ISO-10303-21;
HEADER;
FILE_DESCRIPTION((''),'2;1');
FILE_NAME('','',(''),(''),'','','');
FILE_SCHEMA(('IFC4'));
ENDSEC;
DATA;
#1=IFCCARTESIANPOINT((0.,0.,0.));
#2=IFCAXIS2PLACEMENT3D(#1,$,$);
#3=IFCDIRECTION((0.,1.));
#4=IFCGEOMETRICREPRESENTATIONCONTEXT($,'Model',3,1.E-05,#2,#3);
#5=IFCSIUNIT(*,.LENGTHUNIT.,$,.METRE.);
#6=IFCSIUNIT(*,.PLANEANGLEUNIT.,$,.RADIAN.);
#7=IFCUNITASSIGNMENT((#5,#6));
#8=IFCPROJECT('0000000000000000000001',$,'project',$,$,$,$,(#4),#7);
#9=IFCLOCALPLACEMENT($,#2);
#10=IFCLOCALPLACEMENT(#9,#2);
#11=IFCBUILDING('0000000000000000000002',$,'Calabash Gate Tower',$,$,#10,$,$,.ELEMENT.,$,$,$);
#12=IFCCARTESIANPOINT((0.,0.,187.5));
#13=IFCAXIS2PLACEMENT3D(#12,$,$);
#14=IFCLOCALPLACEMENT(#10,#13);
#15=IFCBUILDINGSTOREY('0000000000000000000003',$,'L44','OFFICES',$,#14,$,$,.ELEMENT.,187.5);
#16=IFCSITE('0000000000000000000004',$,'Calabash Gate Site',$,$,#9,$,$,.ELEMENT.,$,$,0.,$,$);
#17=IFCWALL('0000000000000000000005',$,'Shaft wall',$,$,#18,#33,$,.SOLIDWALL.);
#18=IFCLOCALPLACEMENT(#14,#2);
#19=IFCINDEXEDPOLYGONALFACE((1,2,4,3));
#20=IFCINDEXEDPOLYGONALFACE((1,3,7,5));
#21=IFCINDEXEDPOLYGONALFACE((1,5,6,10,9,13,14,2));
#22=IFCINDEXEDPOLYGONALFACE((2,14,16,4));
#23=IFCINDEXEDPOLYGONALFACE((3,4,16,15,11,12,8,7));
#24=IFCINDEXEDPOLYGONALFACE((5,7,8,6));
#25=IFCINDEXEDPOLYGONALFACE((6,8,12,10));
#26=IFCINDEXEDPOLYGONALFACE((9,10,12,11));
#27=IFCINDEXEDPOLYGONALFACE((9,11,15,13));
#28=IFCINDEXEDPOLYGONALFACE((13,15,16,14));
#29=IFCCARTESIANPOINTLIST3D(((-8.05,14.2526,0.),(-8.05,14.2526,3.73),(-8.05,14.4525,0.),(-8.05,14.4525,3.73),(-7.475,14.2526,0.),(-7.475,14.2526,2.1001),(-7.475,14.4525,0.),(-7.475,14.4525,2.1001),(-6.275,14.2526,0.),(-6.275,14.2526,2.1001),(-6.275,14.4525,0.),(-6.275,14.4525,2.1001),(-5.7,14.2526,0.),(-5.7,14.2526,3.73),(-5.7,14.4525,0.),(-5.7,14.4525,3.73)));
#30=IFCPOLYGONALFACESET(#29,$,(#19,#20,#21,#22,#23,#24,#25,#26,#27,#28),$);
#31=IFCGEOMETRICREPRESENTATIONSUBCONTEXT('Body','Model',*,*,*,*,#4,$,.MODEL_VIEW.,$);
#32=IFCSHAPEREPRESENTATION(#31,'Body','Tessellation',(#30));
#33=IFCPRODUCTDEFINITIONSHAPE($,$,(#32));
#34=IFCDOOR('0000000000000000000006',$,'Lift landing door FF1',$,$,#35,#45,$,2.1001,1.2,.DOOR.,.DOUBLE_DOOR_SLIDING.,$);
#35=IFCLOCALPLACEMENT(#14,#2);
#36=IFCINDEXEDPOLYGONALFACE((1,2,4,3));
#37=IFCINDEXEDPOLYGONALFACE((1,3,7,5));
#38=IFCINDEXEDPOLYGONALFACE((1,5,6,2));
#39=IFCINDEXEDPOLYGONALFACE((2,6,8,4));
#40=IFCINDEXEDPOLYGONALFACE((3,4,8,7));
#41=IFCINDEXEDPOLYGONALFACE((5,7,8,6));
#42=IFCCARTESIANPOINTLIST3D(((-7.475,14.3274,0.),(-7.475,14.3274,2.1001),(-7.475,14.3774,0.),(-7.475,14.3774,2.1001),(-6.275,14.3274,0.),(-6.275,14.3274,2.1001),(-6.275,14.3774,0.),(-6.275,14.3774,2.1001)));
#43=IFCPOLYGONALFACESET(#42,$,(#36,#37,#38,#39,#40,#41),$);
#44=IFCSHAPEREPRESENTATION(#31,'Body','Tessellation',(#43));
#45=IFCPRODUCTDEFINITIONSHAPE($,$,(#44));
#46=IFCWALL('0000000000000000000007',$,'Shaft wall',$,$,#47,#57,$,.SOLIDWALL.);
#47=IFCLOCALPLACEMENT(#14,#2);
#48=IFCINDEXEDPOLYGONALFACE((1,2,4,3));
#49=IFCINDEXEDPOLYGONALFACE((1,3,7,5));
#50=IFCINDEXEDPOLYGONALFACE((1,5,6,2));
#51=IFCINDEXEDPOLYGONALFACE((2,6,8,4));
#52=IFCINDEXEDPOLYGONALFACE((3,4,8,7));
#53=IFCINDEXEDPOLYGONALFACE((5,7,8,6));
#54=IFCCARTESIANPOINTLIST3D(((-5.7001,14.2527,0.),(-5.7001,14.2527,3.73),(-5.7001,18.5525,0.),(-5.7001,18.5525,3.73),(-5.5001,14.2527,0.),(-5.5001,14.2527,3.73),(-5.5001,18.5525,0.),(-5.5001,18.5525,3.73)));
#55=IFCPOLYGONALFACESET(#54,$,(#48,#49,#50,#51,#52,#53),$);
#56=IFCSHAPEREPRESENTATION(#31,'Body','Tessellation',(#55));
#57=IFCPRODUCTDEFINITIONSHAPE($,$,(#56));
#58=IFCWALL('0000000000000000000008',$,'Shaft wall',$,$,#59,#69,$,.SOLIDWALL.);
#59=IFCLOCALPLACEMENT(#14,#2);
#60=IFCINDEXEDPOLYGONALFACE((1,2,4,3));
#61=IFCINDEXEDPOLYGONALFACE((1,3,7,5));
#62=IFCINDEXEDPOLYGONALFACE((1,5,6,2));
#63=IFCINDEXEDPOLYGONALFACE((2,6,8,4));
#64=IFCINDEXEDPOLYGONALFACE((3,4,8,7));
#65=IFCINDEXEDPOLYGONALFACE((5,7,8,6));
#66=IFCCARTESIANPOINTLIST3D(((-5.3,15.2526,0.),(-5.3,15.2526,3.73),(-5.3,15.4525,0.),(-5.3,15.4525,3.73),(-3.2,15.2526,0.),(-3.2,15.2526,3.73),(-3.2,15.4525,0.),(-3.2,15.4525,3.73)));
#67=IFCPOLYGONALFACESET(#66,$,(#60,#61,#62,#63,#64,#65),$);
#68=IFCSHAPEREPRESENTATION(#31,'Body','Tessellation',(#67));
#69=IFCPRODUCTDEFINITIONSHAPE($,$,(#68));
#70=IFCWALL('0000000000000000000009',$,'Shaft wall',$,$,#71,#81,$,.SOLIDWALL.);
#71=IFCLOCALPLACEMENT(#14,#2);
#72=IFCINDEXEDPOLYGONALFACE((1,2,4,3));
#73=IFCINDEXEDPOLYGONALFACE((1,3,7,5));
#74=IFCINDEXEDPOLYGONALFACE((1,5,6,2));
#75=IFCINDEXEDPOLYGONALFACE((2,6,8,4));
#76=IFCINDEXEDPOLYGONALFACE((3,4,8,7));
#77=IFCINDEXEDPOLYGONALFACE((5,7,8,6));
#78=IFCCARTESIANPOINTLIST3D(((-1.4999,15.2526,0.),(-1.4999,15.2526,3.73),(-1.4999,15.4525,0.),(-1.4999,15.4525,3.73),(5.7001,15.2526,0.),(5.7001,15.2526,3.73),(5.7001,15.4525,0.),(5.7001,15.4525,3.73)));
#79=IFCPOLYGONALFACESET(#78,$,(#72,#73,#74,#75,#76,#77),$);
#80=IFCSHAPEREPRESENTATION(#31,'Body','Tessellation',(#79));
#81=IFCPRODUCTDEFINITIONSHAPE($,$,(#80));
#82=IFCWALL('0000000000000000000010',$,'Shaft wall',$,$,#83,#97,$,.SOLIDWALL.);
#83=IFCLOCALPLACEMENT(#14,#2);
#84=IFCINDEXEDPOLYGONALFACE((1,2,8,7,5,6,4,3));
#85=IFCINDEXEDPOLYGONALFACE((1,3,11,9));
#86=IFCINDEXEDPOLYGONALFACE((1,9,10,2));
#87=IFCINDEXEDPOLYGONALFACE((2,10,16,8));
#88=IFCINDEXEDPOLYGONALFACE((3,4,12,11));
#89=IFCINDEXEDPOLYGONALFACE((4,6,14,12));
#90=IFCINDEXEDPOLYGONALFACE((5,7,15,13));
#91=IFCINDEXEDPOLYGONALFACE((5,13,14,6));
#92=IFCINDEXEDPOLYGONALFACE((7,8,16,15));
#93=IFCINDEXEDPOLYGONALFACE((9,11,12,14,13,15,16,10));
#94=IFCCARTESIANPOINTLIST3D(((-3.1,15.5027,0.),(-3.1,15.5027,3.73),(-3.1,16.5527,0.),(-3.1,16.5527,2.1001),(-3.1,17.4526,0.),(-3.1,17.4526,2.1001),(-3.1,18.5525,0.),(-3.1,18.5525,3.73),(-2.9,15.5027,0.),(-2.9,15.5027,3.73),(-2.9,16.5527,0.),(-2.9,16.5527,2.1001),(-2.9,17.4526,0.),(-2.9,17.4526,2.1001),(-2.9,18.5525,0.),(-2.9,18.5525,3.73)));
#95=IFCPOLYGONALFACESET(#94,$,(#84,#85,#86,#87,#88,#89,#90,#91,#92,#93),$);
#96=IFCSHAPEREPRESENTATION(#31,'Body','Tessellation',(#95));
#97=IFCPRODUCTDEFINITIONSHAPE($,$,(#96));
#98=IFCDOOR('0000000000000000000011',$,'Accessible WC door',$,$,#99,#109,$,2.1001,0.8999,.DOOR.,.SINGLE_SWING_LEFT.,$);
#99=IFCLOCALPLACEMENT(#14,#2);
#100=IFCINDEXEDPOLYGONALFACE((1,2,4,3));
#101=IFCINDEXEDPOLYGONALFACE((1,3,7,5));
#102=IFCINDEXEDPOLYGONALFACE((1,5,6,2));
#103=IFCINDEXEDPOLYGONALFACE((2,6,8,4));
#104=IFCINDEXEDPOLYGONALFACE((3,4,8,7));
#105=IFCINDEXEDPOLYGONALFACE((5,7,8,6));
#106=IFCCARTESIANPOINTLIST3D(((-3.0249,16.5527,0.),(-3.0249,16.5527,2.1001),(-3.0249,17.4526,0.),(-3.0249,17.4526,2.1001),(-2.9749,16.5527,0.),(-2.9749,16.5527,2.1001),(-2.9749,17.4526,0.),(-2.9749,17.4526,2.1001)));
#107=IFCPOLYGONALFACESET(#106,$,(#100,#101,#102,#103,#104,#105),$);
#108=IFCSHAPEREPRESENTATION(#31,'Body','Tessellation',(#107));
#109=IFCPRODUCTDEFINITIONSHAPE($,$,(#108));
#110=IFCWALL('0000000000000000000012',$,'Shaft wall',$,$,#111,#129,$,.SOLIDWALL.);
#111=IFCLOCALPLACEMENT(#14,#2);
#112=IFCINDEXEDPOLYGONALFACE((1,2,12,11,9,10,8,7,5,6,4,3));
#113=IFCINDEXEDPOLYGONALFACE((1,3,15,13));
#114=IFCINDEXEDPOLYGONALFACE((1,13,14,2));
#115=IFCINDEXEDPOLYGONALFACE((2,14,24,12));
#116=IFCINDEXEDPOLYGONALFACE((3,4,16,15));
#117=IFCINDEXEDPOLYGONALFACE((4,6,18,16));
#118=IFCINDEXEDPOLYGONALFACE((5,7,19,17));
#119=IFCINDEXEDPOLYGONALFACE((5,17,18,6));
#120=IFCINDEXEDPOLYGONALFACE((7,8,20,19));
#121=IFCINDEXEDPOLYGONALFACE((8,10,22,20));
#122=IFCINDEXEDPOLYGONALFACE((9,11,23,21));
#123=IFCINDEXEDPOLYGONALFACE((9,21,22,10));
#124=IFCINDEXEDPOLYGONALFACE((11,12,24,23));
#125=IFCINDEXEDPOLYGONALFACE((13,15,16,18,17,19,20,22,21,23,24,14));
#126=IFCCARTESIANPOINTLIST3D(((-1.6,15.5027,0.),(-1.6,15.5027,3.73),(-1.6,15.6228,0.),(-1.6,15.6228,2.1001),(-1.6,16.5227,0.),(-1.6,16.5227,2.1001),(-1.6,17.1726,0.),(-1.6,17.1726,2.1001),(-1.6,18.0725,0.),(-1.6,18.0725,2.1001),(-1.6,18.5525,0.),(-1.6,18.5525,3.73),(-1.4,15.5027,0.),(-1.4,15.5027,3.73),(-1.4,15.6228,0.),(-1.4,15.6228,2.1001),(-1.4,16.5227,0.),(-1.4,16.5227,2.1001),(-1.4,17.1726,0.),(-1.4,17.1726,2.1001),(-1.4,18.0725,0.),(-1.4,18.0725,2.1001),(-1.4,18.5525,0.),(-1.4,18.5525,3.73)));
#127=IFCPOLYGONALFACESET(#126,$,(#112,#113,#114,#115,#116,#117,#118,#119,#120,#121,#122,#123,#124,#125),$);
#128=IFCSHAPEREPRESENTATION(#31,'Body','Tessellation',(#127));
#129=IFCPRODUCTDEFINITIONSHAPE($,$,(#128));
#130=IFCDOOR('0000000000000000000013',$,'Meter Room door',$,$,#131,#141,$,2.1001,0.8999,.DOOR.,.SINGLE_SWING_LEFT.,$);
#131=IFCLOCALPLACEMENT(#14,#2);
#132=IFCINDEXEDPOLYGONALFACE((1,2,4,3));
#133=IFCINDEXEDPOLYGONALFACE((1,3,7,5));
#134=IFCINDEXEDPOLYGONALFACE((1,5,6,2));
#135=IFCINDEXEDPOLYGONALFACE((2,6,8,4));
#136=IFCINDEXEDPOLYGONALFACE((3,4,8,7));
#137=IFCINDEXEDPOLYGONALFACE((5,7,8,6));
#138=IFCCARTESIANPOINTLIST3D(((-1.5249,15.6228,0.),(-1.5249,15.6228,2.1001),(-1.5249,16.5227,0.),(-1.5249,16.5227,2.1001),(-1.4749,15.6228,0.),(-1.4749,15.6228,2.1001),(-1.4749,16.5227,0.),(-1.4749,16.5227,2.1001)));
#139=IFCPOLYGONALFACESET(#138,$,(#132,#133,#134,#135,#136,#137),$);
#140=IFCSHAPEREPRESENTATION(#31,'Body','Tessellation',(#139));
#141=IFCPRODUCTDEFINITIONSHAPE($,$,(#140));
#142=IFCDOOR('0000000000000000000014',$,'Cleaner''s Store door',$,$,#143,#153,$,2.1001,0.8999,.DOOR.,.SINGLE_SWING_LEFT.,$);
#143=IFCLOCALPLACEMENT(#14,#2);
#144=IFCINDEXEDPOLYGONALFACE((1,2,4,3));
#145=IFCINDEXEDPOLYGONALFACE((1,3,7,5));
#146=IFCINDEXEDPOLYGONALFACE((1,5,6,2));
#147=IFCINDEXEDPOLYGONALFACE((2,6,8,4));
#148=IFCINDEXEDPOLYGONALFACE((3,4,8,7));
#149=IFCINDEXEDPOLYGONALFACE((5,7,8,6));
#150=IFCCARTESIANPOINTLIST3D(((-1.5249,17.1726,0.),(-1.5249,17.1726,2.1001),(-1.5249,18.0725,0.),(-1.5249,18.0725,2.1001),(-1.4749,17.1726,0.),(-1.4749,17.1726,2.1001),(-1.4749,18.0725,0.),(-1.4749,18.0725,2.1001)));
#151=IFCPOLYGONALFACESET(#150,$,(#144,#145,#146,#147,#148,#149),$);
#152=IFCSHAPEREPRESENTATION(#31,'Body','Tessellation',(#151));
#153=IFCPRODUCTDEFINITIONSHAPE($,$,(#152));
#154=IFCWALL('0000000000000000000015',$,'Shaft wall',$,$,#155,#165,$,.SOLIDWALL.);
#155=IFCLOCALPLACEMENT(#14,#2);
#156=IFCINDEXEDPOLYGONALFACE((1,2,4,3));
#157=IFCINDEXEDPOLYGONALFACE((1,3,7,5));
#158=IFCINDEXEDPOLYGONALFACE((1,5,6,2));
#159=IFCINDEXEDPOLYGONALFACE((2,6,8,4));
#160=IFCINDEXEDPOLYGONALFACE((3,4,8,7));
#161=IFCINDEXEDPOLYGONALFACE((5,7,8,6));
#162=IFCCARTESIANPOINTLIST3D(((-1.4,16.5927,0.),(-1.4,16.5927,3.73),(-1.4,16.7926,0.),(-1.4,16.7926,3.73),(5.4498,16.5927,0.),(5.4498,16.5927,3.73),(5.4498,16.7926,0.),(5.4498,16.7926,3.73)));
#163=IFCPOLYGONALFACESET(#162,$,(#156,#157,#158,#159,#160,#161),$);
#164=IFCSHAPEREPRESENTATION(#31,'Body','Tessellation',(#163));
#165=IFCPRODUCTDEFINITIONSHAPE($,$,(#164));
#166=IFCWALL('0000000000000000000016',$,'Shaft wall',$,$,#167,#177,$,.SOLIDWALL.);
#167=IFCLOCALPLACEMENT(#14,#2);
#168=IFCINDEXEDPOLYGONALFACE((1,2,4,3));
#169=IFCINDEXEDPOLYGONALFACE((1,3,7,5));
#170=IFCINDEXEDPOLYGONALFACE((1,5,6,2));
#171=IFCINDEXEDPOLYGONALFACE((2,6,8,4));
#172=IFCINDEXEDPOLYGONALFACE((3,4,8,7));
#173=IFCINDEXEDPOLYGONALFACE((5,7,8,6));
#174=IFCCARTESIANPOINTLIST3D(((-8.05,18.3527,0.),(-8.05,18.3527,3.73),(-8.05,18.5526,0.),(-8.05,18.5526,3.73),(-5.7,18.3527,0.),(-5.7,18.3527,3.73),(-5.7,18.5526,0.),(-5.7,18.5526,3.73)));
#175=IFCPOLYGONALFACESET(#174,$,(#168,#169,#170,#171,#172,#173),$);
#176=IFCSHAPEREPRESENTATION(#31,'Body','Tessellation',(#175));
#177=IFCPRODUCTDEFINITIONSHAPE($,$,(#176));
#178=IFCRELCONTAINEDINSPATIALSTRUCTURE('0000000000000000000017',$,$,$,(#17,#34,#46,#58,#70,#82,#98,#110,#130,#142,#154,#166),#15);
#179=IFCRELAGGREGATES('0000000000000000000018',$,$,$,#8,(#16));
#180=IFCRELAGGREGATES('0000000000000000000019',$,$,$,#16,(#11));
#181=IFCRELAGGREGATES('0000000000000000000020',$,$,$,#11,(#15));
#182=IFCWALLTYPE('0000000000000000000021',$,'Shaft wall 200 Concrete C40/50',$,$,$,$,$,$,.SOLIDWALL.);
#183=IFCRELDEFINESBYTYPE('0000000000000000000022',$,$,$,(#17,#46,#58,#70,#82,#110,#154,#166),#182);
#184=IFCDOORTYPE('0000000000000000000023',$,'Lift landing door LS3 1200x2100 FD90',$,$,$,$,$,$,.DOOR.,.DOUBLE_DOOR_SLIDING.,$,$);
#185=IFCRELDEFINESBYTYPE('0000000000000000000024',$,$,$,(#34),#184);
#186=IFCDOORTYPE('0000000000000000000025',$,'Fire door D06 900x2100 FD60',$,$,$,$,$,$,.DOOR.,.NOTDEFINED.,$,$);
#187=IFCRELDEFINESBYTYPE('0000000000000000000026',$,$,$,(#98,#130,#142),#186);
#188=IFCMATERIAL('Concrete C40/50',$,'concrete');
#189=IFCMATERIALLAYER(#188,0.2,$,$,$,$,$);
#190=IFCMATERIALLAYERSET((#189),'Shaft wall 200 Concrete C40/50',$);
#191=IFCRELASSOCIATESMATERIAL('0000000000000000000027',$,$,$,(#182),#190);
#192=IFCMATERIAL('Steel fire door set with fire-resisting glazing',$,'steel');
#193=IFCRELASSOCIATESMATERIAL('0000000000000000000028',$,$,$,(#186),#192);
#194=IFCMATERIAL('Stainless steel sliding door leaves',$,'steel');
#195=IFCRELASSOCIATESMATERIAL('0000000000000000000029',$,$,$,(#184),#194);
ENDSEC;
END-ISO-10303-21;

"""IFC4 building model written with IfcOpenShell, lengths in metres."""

from ifc_helpers import new_model, si_unit, direction, frame, frame_2d, origin, place, context, subcontext, project, spatial, rectangle, extrude, material, layer, layer_set, type_object, element, fill, save


model = new_model("IFC4")

# Units and contexts
model_context = context("Model", 3, precision=1e-05, world=origin(), true_north=direction((0.0, 1.0)))
body_context = subcontext(model_context, "Body", "Model", "MODEL_VIEW")
ifc_project = project(units=[si_unit("LENGTHUNIT", "METRE"), si_unit("PLANEANGLEUNIT", "RADIAN")], contexts=[model_context])

# Site, building, storey
site_placement = place(None, origin())
site = spatial("IfcSite", under=ifc_project, at=site_placement, Name="Calabash Gate Site", CompositionType="ELEMENT", RefElevation=0.0)
building_placement = place(site_placement, origin())
building = spatial("IfcBuilding", under=site, at=building_placement, Name="Calabash Gate Tower", CompositionType="ELEMENT")
storey_placement = place(building_placement, frame((0.0, 0.0, 187.5)))
storey = spatial("IfcBuildingStorey", under=building, at=storey_placement, Name="L44", Description="OFFICES", CompositionType="ELEMENT", Elevation=187.5)

# Shared definitions
ifc_material_1 = material(Name="Concrete C40/50", Category="concrete")
ifc_layer_1 = layer(ifc_material_1, 0.2)
ifc_layer_set_1 = layer_set([ifc_layer_1], Name="Shaft wall 200 Concrete C40/50")
wall_type_1 = type_object("IfcWallType", Name="Shaft wall 200 Concrete C40/50", PredefinedType="SOLIDWALL", material=ifc_layer_set_1)
ifc_material_2 = material(Name="Steel fire door set with fire-resisting glazing", Category="steel")
door_type_1 = type_object("IfcDoorType", Name="Fire door D06 900x2100 FD60", OperationType="NOTDEFINED", PredefinedType="DOOR", material=ifc_material_2)

# Wall, opening, door
wall_1_placement = place(storey_placement, frame((-8.05, 14.3525, 0.0), z_axis=(0.0, 0.0, 1.0), x_axis=(1.0, 0.0, 0.0)))
wall_1 = element("IfcWall", 1, at=wall_1_placement, inside=storey, type_object=wall_type_1, Name="Shaft wall", PredefinedType="SOLIDWALL", context=body_context, shape_type="SweptSolid", body=[
    extrude(rectangle(XDim=2.3501, YDim=0.2, at=frame_2d((1.175, 0.0))), origin(), (0.0, 0.0, 1.0), 3.73),
])
opening_1_placement = place(wall_1_placement, frame((0.575, 0.0, 0.0)))
opening_1 = element("IfcOpeningElement", 2, at=opening_1_placement, cuts=wall_1, PredefinedType="OPENING", context=body_context, shape_type="SweptSolid", body=[
    extrude(rectangle(XDim=1.2, YDim=2.1001, at=frame_2d((0.6001, 1.05))), frame((0.0, 0.1099, 0.0), z_axis=(0.0, -1.0, 0.0), x_axis=(1.0, 0.0, 0.0)), (0.0, 0.0, 1.0), 0.22),
])
ifc_material_3 = material(Name="Stainless steel sliding door leaves", Category="steel")
door_type_2 = type_object("IfcDoorType", Name="Lift landing door LS3 1200x2100 FD90", OperationType="DOUBLE_DOOR_SLIDING", PredefinedType="DOOR", material=ifc_material_3)
door_1_placement = place(opening_1_placement, origin())
door_1 = element("IfcDoor", 3, at=door_1_placement, inside=storey, type_object=door_type_2, Name="Lift landing door FF1", OperationType="DOUBLE_DOOR_SLIDING", OverallHeight=2.1001, OverallWidth=1.2, PredefinedType="DOOR", context=body_context, shape_type="SweptSolid", body=[
    extrude(rectangle(XDim=1.2, YDim=2.1001, at=frame_2d((0.6001, 1.05))), frame((0.0, 0.0249, 0.0), z_axis=(0.0, -1.0, 0.0), x_axis=(1.0, 0.0, 0.0)), (0.0, 0.0, 1.0), 0.05),
])
fill(opening_1, door_1)

# Walls
wall_2_placement = place(storey_placement, frame((-5.6001, 14.2527, 0.0), z_axis=(0.0, 0.0, 1.0), x_axis=(0.0, 1.0, 0.0)))
element("IfcWall", 4, at=wall_2_placement, inside=storey, type_object=wall_type_1, Name="Shaft wall", PredefinedType="SOLIDWALL", context=body_context, shape_type="SweptSolid", body=[
    extrude(rectangle(XDim=4.2998, YDim=0.2, at=frame_2d((2.1499, 0.0))), origin(), (0.0, 0.0, 1.0), 3.73),
])
wall_3_placement = place(storey_placement, frame((-5.3, 15.3525, 0.0), z_axis=(0.0, 0.0, 1.0), x_axis=(1.0, 0.0, 0.0)))
element("IfcWall", 5, at=wall_3_placement, inside=storey, type_object=wall_type_1, Name="Shaft wall", PredefinedType="SOLIDWALL", context=body_context, shape_type="SweptSolid", body=[
    extrude(rectangle(XDim=2.1001, YDim=0.2, at=frame_2d((1.05, 0.0))), origin(), (0.0, 0.0, 1.0), 3.73),
])
wall_4_placement = place(storey_placement, frame((-1.5, 15.3525, 0.0), z_axis=(0.0, 0.0, 1.0), x_axis=(1.0, 0.0, 0.0)))
element("IfcWall", 6, at=wall_4_placement, inside=storey, type_object=wall_type_1, Name="Shaft wall", PredefinedType="SOLIDWALL", context=body_context, shape_type="SweptSolid", body=[
    extrude(rectangle(XDim=7.2, YDim=0.2, at=frame_2d((3.6001, 0.0))), origin(), (0.0, 0.0, 1.0), 3.73),
])

# Wall, opening, door
wall_5_placement = place(storey_placement, frame((-3.0, 15.5027, 0.0), z_axis=(0.0, 0.0, 1.0), x_axis=(0.0, 1.0, 0.0)))
wall_5 = element("IfcWall", 7, at=wall_5_placement, inside=storey, type_object=wall_type_1, Name="Shaft wall", PredefinedType="SOLIDWALL", context=body_context, shape_type="SweptSolid", body=[
    extrude(rectangle(XDim=3.0498, YDim=0.2, at=frame_2d((1.5249, 0.0))), origin(), (0.0, 0.0, 1.0), 3.73),
])
opening_2_placement = place(wall_5_placement, frame((1.05, 0.0, 0.0)))
opening_2 = element("IfcOpeningElement", 8, at=opening_2_placement, cuts=wall_5, PredefinedType="OPENING", context=body_context, shape_type="SweptSolid", body=[
    extrude(rectangle(XDim=0.8999, YDim=2.1001, at=frame_2d((0.45, 1.05))), frame((0.0, 0.1099, 0.0), z_axis=(0.0, -1.0, 0.0), x_axis=(1.0, 0.0, 0.0)), (0.0, 0.0, 1.0), 0.22),
])
door_2_placement = place(opening_2_placement, origin())
door_2 = element("IfcDoor", 9, at=door_2_placement, inside=storey, type_object=door_type_1, Name="Accessible WC door", OperationType="SINGLE_SWING_LEFT", OverallHeight=2.1001, OverallWidth=0.8999, PredefinedType="DOOR", context=body_context, shape_type="SweptSolid", body=[
    extrude(rectangle(XDim=0.8999, YDim=2.1001, at=frame_2d((0.45, 1.05))), frame((0.0, 0.0249, 0.0), z_axis=(0.0, -1.0, 0.0), x_axis=(1.0, 0.0, 0.0)), (0.0, 0.0, 1.0), 0.05),
])
fill(opening_2, door_2)

# Wall, openings, doors
wall_6_placement = place(storey_placement, frame((-1.5, 15.5027, 0.0), z_axis=(0.0, 0.0, 1.0), x_axis=(0.0, 1.0, 0.0)))
wall_6 = element("IfcWall", 10, at=wall_6_placement, inside=storey, type_object=wall_type_1, Name="Shaft wall", PredefinedType="SOLIDWALL", context=body_context, shape_type="SweptSolid", body=[
    extrude(rectangle(XDim=3.0498, YDim=0.2, at=frame_2d((1.5249, 0.0))), origin(), (0.0, 0.0, 1.0), 3.73),
])
opening_3_placement = place(wall_6_placement, frame((0.1201, 0.0, 0.0)))
opening_3 = element("IfcOpeningElement", 11, at=opening_3_placement, cuts=wall_6, PredefinedType="OPENING", context=body_context, shape_type="SweptSolid", body=[
    extrude(rectangle(XDim=0.8999, YDim=2.1001, at=frame_2d((0.45, 1.05))), frame((0.0, 0.1099, 0.0), z_axis=(0.0, -1.0, 0.0), x_axis=(1.0, 0.0, 0.0)), (0.0, 0.0, 1.0), 0.22),
])
opening_4_placement = place(wall_6_placement, frame((1.6699, 0.0, 0.0)))
opening_4 = element("IfcOpeningElement", 12, at=opening_4_placement, cuts=wall_6, PredefinedType="OPENING", context=body_context, shape_type="SweptSolid", body=[
    extrude(rectangle(XDim=0.8999, YDim=2.1001, at=frame_2d((0.45, 1.05))), frame((0.0, 0.1099, 0.0), z_axis=(0.0, -1.0, 0.0), x_axis=(1.0, 0.0, 0.0)), (0.0, 0.0, 1.0), 0.22),
])
door_3_placement = place(opening_3_placement, origin())
door_3 = element("IfcDoor", 13, at=door_3_placement, inside=storey, type_object=door_type_1, Name="Meter Room door", OperationType="SINGLE_SWING_LEFT", OverallHeight=2.1001, OverallWidth=0.8999, PredefinedType="DOOR", context=body_context, shape_type="SweptSolid", body=[
    extrude(rectangle(XDim=0.8999, YDim=2.1001, at=frame_2d((0.45, 1.05))), frame((0.0, 0.0249, 0.0), z_axis=(0.0, -1.0, 0.0), x_axis=(1.0, 0.0, 0.0)), (0.0, 0.0, 1.0), 0.05),
])
fill(opening_3, door_3)
door_4_placement = place(opening_4_placement, origin())
door_4 = element("IfcDoor", 14, at=door_4_placement, inside=storey, type_object=door_type_1, Name="Cleaner's Store door", OperationType="SINGLE_SWING_LEFT", OverallHeight=2.1001, OverallWidth=0.8999, PredefinedType="DOOR", context=body_context, shape_type="SweptSolid", body=[
    extrude(rectangle(XDim=0.8999, YDim=2.1001, at=frame_2d((0.45, 1.05))), frame((0.0, 0.0249, 0.0), z_axis=(0.0, -1.0, 0.0), x_axis=(1.0, 0.0, 0.0)), (0.0, 0.0, 1.0), 0.05),
])
fill(opening_4, door_4)

# Walls
wall_7_placement = place(storey_placement, frame((-1.3999, 16.6926, 0.0), z_axis=(0.0, 0.0, 1.0), x_axis=(1.0, 0.0, 0.0)))
element("IfcWall", 15, at=wall_7_placement, inside=storey, type_object=wall_type_1, Name="Shaft wall", PredefinedType="SOLIDWALL", context=body_context, shape_type="SweptSolid", body=[
    extrude(rectangle(XDim=6.8499, YDim=0.2, at=frame_2d((3.4248, 0.0))), origin(), (0.0, 0.0, 1.0), 3.73),
])
wall_8_placement = place(storey_placement, frame((-8.05, 18.4526, 0.0), z_axis=(0.0, 0.0, 1.0), x_axis=(1.0, 0.0, 0.0)))
element("IfcWall", 16, at=wall_8_placement, inside=storey, type_object=wall_type_1, Name="Shaft wall", PredefinedType="SOLIDWALL", context=body_context, shape_type="SweptSolid", body=[
    extrude(rectangle(XDim=2.3501, YDim=0.2, at=frame_2d((1.175, 0.0))), origin(), (0.0, 0.0, 1.0), 3.73),
])

save(model, "model.ifc")
